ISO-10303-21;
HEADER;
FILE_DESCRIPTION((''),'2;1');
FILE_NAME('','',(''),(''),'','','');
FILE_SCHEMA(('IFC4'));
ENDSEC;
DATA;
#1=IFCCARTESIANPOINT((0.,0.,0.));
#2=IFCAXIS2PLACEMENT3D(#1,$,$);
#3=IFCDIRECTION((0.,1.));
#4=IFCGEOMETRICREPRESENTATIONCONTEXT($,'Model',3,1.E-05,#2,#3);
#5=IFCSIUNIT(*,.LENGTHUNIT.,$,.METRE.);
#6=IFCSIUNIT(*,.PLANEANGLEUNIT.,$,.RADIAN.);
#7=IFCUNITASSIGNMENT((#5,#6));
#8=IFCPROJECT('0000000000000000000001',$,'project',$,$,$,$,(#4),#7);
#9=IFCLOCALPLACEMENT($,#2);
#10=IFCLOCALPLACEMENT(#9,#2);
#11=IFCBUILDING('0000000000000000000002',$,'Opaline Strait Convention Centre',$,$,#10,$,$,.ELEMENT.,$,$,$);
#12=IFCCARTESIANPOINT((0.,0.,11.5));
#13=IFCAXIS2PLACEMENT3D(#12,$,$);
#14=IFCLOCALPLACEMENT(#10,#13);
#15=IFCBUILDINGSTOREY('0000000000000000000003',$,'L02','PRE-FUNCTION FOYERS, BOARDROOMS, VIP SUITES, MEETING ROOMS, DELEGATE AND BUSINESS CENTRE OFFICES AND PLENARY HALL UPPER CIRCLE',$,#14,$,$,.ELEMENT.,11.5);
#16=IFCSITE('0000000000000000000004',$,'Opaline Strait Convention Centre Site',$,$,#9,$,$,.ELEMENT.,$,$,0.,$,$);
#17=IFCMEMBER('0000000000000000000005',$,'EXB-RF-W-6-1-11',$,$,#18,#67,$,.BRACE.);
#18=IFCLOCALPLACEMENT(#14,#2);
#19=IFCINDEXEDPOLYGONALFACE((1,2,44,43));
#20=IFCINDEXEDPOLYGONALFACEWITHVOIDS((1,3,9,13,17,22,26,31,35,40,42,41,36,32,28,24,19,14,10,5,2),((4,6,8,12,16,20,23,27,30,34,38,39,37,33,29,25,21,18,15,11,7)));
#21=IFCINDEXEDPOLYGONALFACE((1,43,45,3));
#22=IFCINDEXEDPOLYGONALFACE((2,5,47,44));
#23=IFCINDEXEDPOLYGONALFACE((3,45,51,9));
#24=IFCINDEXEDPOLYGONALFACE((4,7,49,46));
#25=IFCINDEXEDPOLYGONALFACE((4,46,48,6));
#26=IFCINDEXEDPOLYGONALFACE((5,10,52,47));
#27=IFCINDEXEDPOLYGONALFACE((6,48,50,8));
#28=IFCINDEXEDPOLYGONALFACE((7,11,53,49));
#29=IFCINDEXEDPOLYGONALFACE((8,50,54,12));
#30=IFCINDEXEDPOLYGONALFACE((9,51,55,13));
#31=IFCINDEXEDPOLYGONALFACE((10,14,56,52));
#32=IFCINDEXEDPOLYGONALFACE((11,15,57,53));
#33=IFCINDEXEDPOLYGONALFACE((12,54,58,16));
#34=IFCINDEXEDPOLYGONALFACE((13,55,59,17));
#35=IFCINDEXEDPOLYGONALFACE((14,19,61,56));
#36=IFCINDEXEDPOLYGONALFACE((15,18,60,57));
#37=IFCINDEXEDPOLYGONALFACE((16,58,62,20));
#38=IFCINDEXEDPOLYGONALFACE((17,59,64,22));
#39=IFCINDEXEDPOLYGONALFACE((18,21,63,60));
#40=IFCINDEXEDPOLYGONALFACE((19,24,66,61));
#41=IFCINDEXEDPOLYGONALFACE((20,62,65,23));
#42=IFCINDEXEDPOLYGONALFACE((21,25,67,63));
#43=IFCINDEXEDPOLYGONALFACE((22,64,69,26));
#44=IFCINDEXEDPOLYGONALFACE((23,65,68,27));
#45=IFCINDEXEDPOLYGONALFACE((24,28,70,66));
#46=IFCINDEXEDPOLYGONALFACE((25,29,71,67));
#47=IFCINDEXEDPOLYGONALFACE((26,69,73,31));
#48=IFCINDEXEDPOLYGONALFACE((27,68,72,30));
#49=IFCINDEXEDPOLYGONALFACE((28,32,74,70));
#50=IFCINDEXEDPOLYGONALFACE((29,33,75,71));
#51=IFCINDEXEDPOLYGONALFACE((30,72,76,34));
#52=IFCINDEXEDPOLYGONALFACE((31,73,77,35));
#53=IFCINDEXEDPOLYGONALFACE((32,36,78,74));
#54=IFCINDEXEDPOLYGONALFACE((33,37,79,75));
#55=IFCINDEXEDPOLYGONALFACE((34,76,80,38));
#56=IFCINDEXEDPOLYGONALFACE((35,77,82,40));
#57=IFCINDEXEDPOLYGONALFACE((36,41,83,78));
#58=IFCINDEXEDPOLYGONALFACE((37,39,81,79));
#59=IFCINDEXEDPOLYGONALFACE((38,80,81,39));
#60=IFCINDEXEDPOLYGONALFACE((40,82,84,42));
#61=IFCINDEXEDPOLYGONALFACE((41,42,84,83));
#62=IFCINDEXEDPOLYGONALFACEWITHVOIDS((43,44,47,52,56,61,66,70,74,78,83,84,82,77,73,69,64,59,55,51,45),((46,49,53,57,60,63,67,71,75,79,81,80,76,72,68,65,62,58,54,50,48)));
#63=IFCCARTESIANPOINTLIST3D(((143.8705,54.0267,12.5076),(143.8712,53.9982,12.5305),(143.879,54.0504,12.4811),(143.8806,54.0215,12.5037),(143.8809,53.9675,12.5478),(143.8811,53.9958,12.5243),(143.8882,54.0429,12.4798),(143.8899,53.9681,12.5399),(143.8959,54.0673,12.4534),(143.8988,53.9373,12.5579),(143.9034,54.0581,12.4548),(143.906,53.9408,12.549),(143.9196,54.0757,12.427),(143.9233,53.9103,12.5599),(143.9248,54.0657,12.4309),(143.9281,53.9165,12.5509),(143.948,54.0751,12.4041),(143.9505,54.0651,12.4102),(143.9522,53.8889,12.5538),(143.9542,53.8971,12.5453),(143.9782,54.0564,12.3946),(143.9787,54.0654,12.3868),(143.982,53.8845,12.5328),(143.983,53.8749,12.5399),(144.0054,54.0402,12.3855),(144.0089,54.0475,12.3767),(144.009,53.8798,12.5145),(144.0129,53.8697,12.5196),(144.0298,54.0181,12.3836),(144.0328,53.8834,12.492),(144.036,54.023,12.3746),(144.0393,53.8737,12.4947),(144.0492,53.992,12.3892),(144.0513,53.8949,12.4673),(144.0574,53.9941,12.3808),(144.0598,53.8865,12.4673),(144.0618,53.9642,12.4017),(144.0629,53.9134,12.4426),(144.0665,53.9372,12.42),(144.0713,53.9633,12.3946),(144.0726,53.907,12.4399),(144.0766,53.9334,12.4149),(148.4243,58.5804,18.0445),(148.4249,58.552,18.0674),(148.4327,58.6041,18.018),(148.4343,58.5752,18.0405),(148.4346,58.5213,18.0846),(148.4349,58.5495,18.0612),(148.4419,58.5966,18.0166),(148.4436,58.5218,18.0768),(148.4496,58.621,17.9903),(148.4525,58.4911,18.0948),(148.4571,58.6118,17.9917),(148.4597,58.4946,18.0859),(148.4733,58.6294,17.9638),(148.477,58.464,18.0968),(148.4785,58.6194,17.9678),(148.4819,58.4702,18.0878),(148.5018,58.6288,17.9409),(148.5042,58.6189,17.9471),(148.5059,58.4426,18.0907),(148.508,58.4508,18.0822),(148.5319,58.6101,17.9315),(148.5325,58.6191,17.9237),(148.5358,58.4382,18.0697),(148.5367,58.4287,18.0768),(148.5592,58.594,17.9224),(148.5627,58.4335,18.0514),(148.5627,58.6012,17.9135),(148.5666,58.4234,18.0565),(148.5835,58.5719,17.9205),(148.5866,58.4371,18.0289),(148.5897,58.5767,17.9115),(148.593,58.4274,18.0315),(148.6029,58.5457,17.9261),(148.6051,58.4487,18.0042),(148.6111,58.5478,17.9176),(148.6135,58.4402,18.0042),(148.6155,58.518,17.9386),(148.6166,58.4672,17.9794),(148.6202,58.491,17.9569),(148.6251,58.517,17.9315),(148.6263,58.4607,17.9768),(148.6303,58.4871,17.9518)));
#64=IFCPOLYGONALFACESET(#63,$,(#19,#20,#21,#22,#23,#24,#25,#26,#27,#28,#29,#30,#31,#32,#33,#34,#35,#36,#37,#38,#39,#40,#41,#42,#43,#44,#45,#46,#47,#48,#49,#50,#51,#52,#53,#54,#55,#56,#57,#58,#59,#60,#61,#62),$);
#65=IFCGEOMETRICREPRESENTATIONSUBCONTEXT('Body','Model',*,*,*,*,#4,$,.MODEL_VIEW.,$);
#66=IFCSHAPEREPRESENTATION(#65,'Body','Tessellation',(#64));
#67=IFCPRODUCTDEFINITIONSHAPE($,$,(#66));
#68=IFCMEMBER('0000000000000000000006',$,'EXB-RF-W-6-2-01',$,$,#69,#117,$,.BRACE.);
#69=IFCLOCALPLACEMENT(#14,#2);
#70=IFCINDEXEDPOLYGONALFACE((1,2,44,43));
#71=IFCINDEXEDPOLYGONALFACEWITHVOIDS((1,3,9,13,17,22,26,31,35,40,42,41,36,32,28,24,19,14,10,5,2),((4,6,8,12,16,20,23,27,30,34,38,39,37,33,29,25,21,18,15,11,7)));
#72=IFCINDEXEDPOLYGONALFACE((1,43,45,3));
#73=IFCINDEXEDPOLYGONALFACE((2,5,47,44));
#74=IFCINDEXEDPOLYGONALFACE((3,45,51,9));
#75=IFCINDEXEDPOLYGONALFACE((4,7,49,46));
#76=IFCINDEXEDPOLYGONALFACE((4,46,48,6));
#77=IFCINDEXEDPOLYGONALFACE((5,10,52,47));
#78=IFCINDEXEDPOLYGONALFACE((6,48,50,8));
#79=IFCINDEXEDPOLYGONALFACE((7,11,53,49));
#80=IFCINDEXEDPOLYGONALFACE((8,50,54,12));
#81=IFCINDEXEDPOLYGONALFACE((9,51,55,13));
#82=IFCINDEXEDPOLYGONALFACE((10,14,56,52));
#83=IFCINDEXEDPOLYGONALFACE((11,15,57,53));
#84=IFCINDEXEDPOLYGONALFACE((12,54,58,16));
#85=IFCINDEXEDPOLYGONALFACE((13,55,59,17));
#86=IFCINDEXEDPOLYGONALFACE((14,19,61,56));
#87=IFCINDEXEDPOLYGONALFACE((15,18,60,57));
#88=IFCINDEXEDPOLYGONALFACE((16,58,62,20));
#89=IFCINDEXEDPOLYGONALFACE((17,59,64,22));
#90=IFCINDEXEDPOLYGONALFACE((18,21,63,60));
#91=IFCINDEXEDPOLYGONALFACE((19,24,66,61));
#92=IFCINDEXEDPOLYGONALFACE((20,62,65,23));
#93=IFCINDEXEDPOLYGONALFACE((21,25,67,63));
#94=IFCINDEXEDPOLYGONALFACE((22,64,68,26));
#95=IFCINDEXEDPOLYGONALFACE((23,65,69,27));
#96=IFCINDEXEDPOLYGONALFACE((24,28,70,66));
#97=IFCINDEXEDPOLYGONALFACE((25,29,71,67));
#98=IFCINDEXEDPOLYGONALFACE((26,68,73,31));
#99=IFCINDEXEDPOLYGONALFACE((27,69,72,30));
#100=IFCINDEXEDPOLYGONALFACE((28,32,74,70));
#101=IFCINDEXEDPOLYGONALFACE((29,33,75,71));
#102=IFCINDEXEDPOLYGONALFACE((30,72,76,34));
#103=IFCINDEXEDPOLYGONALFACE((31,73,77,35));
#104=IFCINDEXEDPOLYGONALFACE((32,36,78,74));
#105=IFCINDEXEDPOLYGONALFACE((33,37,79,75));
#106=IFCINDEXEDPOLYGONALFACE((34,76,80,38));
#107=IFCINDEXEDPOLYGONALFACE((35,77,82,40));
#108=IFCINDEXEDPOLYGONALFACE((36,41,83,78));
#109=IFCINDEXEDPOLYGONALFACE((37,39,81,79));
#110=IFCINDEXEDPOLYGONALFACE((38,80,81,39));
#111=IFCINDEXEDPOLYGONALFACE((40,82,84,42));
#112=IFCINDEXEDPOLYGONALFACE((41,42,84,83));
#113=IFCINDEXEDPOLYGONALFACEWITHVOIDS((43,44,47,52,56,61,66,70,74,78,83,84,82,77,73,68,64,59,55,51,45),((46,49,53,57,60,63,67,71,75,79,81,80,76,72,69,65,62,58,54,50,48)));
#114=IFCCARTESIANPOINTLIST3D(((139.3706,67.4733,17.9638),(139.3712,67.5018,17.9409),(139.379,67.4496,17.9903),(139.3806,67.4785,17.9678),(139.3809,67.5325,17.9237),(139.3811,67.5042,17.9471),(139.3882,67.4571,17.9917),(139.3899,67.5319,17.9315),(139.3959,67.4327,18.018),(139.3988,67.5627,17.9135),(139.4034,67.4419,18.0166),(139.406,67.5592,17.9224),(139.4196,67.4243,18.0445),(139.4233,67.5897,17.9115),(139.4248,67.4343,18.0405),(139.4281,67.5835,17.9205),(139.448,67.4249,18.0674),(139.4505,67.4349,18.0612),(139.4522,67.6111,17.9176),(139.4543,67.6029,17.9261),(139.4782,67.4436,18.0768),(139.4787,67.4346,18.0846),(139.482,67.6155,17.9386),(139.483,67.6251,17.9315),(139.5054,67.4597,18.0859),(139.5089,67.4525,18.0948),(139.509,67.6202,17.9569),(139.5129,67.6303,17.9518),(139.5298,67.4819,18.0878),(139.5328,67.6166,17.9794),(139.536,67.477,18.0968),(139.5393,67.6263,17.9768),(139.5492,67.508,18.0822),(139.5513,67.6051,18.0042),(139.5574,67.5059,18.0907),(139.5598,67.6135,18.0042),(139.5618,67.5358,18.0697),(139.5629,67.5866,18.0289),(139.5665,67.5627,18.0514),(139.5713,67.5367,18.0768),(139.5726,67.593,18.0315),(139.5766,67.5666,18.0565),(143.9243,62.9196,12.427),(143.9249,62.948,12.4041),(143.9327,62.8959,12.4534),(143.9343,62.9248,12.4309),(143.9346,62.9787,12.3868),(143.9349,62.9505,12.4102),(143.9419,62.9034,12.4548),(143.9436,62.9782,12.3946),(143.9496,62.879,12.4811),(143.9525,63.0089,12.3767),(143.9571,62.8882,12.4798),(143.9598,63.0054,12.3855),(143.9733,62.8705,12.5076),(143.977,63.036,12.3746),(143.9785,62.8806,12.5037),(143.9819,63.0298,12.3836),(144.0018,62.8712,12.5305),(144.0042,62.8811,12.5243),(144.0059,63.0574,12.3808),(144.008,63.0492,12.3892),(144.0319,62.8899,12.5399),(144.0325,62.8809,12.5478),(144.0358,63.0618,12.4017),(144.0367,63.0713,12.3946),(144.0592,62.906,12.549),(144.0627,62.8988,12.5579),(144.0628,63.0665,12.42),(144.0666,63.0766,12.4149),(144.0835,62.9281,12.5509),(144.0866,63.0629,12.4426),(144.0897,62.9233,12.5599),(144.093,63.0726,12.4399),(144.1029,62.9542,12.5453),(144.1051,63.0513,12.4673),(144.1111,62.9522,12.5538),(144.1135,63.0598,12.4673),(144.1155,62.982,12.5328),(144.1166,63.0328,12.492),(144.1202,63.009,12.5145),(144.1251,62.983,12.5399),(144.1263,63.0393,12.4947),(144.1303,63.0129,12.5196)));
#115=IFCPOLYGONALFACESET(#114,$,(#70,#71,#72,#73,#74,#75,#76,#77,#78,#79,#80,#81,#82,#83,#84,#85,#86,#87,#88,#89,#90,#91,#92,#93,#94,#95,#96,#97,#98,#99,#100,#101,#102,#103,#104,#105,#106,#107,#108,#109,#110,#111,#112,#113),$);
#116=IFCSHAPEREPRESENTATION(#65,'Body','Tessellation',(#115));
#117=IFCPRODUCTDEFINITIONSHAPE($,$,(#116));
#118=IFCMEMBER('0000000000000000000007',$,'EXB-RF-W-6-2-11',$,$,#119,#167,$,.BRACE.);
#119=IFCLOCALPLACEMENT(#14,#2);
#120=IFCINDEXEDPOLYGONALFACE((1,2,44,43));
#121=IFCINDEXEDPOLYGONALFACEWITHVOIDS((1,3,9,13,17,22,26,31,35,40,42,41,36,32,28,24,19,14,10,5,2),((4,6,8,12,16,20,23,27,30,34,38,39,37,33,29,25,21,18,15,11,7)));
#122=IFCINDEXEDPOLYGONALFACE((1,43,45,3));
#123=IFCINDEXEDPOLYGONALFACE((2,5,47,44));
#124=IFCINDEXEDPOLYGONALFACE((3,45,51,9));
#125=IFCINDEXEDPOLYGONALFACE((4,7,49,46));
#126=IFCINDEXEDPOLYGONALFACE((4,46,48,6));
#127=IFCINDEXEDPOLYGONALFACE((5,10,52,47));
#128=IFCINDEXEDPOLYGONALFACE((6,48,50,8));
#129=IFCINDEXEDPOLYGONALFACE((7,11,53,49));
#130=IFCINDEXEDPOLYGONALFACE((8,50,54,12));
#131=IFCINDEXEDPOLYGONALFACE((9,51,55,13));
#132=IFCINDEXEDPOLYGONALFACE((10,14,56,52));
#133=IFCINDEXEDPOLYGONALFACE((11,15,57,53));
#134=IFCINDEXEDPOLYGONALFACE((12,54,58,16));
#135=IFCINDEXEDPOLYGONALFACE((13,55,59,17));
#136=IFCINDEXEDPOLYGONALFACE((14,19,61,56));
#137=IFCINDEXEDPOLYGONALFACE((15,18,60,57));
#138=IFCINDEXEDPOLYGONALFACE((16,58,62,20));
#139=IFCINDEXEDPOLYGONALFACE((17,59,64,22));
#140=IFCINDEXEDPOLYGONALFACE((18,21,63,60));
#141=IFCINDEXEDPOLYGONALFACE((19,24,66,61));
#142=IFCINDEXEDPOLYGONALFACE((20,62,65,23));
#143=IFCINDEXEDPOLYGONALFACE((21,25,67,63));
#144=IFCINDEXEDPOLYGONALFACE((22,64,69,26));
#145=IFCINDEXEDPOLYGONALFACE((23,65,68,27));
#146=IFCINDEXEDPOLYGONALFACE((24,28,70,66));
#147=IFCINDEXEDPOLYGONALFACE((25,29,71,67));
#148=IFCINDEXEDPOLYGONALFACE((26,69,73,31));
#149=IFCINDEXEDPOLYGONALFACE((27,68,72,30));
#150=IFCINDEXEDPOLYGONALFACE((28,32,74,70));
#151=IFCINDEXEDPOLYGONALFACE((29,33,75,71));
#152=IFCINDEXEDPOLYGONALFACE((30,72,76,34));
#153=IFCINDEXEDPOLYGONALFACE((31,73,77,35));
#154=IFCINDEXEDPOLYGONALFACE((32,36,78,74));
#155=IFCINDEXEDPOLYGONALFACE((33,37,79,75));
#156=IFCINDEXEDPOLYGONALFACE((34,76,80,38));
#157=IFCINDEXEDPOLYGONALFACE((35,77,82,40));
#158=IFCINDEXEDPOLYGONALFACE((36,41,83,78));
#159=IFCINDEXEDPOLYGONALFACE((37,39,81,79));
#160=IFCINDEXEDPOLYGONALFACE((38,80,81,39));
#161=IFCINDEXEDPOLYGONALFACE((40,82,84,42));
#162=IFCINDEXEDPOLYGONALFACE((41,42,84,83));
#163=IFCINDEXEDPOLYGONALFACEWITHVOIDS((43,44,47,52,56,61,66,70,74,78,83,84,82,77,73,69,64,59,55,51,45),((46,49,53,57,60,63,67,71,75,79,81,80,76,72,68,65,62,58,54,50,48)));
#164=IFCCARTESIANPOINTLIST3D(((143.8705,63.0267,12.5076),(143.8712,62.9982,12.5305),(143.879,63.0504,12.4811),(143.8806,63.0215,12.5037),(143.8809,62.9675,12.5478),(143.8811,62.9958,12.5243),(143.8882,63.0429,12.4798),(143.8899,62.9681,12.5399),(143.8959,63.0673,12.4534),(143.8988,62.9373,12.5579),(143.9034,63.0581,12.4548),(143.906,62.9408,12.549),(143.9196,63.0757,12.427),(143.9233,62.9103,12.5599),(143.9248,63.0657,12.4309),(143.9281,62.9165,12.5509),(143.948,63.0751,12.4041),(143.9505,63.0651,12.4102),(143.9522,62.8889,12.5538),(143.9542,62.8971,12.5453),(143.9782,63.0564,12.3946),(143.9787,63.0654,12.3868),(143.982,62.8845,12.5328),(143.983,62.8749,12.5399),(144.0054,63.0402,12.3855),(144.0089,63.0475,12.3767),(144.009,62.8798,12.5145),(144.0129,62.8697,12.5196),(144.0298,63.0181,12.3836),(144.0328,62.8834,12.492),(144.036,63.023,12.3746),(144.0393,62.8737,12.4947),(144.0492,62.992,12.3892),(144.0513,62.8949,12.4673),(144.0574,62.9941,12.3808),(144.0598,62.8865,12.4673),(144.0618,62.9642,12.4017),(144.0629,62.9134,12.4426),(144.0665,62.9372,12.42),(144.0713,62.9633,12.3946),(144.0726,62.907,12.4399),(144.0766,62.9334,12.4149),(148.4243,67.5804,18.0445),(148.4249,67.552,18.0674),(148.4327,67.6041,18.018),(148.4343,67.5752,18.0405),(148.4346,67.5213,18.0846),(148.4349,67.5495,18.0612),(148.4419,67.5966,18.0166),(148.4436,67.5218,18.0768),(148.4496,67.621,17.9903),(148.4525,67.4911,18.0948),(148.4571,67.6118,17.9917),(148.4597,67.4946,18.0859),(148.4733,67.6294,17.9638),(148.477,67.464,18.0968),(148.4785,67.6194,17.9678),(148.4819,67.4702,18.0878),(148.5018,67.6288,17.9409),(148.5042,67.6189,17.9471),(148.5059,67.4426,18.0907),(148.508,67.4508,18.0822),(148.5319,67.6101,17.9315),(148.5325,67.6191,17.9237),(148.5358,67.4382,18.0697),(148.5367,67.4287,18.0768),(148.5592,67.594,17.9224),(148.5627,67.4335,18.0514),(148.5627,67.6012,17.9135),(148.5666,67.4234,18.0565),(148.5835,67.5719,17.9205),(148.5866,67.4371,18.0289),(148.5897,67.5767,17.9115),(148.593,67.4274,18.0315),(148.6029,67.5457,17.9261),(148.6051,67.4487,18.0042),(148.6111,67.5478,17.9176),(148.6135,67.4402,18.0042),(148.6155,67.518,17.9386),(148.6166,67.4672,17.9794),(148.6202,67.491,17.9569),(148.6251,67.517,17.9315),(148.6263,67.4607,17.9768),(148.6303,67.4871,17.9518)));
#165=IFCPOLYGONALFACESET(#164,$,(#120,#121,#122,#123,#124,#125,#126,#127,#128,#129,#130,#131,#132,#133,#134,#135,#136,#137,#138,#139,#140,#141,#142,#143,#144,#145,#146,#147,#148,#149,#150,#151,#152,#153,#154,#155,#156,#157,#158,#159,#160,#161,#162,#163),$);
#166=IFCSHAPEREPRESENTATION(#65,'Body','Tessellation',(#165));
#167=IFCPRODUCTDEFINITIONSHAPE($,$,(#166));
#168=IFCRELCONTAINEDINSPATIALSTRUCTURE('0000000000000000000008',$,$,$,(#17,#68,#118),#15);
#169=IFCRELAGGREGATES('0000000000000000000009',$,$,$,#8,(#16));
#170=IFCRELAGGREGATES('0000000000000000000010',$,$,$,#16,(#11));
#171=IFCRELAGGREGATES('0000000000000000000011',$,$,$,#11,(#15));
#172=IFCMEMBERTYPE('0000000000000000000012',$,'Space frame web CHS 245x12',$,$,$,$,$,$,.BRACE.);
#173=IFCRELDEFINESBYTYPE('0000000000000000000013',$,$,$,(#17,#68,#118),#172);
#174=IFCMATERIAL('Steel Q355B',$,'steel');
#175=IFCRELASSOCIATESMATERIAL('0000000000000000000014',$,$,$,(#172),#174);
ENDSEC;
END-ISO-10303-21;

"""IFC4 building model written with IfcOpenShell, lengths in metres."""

from ifc_helpers import new_model, si_unit, direction, frame, origin, origin_2d, place, context, subcontext, project, spatial, hollow_circle, extrude, material, material_profile, profile_set, type_object, element, save


model = new_model("IFC4")

# Units and contexts
model_context = context("Model", 3, precision=1e-05, world=origin(), true_north=direction((0.0, 1.0)))
body_context = subcontext(model_context, "Body", "Model", "MODEL_VIEW")
ifc_project = project(units=[si_unit("LENGTHUNIT", "METRE"), si_unit("PLANEANGLEUNIT", "RADIAN")], contexts=[model_context])

# Site, building, storey
site_placement = place(None, origin())
site = spatial("IfcSite", under=ifc_project, at=site_placement, Name="Opaline Strait Convention Centre Site", CompositionType="ELEMENT", RefElevation=0.0)
building_placement = place(site_placement, origin())
building = spatial("IfcBuilding", under=site, at=building_placement, Name="Opaline Strait Convention Centre", CompositionType="ELEMENT")
storey_placement = place(building_placement, frame((0.0, 0.0, 11.5)))
storey = spatial("IfcBuildingStorey", under=building, at=storey_placement, Name="L02", Description="PRE-FUNCTION FOYERS, BOARDROOMS, VIP SUITES, MEETING ROOMS, DELEGATE AND BUSINESS CENTRE OFFICES AND PLENARY HALL UPPER CIRCLE", CompositionType="ELEMENT", Elevation=11.5)

# Members
ifc_material = material(Name="Steel Q355B", Category="steel")
ifc_material_profile_1 = material_profile(ifc_material, hollow_circle(Radius=0.1226, WallThickness=0.012, at=origin_2d()), Name="CHS 245x12")
ifc_profile_set_1 = profile_set([ifc_material_profile_1], Name="Steel Q355B")
member_type_1 = type_object("IfcMemberType", Name="Space frame web CHS 245x12", PredefinedType="BRACE", material=ifc_profile_set_1)
for number, where, z_axis, x_axis, name in (
    (1, (148.5269, 58.5269, 18.0042), (-0.536178, -0.536178, -0.65194), (0.707107, -0.707107, 0.0), "EXB-RF-W-6-1-11"),
    (2, (139.4731, 67.5269, 18.0042), (0.536178, -0.536178, -0.65194), (0.707107, 0.707107, 0.0), "EXB-RF-W-6-2-01"),
    (3, (148.5269, 67.5269, 18.0042), (-0.536178, -0.536178, -0.65194), (0.707107, -0.707107, 0.0), "EXB-RF-W-6-2-11"),
):
    element("IfcMember", number, at=place(storey_placement, frame(where, z_axis=z_axis, x_axis=x_axis)), inside=storey, type_object=member_type_1, Name=name, PredefinedType="BRACE", context=body_context, shape_type="SweptSolid", body=[
        extrude(hollow_circle(Radius=0.1226, WallThickness=0.012, at=origin_2d()), origin(), (0.0, 0.0, 1.0), 8.4929),
    ])

save(model, "model.ifc")
